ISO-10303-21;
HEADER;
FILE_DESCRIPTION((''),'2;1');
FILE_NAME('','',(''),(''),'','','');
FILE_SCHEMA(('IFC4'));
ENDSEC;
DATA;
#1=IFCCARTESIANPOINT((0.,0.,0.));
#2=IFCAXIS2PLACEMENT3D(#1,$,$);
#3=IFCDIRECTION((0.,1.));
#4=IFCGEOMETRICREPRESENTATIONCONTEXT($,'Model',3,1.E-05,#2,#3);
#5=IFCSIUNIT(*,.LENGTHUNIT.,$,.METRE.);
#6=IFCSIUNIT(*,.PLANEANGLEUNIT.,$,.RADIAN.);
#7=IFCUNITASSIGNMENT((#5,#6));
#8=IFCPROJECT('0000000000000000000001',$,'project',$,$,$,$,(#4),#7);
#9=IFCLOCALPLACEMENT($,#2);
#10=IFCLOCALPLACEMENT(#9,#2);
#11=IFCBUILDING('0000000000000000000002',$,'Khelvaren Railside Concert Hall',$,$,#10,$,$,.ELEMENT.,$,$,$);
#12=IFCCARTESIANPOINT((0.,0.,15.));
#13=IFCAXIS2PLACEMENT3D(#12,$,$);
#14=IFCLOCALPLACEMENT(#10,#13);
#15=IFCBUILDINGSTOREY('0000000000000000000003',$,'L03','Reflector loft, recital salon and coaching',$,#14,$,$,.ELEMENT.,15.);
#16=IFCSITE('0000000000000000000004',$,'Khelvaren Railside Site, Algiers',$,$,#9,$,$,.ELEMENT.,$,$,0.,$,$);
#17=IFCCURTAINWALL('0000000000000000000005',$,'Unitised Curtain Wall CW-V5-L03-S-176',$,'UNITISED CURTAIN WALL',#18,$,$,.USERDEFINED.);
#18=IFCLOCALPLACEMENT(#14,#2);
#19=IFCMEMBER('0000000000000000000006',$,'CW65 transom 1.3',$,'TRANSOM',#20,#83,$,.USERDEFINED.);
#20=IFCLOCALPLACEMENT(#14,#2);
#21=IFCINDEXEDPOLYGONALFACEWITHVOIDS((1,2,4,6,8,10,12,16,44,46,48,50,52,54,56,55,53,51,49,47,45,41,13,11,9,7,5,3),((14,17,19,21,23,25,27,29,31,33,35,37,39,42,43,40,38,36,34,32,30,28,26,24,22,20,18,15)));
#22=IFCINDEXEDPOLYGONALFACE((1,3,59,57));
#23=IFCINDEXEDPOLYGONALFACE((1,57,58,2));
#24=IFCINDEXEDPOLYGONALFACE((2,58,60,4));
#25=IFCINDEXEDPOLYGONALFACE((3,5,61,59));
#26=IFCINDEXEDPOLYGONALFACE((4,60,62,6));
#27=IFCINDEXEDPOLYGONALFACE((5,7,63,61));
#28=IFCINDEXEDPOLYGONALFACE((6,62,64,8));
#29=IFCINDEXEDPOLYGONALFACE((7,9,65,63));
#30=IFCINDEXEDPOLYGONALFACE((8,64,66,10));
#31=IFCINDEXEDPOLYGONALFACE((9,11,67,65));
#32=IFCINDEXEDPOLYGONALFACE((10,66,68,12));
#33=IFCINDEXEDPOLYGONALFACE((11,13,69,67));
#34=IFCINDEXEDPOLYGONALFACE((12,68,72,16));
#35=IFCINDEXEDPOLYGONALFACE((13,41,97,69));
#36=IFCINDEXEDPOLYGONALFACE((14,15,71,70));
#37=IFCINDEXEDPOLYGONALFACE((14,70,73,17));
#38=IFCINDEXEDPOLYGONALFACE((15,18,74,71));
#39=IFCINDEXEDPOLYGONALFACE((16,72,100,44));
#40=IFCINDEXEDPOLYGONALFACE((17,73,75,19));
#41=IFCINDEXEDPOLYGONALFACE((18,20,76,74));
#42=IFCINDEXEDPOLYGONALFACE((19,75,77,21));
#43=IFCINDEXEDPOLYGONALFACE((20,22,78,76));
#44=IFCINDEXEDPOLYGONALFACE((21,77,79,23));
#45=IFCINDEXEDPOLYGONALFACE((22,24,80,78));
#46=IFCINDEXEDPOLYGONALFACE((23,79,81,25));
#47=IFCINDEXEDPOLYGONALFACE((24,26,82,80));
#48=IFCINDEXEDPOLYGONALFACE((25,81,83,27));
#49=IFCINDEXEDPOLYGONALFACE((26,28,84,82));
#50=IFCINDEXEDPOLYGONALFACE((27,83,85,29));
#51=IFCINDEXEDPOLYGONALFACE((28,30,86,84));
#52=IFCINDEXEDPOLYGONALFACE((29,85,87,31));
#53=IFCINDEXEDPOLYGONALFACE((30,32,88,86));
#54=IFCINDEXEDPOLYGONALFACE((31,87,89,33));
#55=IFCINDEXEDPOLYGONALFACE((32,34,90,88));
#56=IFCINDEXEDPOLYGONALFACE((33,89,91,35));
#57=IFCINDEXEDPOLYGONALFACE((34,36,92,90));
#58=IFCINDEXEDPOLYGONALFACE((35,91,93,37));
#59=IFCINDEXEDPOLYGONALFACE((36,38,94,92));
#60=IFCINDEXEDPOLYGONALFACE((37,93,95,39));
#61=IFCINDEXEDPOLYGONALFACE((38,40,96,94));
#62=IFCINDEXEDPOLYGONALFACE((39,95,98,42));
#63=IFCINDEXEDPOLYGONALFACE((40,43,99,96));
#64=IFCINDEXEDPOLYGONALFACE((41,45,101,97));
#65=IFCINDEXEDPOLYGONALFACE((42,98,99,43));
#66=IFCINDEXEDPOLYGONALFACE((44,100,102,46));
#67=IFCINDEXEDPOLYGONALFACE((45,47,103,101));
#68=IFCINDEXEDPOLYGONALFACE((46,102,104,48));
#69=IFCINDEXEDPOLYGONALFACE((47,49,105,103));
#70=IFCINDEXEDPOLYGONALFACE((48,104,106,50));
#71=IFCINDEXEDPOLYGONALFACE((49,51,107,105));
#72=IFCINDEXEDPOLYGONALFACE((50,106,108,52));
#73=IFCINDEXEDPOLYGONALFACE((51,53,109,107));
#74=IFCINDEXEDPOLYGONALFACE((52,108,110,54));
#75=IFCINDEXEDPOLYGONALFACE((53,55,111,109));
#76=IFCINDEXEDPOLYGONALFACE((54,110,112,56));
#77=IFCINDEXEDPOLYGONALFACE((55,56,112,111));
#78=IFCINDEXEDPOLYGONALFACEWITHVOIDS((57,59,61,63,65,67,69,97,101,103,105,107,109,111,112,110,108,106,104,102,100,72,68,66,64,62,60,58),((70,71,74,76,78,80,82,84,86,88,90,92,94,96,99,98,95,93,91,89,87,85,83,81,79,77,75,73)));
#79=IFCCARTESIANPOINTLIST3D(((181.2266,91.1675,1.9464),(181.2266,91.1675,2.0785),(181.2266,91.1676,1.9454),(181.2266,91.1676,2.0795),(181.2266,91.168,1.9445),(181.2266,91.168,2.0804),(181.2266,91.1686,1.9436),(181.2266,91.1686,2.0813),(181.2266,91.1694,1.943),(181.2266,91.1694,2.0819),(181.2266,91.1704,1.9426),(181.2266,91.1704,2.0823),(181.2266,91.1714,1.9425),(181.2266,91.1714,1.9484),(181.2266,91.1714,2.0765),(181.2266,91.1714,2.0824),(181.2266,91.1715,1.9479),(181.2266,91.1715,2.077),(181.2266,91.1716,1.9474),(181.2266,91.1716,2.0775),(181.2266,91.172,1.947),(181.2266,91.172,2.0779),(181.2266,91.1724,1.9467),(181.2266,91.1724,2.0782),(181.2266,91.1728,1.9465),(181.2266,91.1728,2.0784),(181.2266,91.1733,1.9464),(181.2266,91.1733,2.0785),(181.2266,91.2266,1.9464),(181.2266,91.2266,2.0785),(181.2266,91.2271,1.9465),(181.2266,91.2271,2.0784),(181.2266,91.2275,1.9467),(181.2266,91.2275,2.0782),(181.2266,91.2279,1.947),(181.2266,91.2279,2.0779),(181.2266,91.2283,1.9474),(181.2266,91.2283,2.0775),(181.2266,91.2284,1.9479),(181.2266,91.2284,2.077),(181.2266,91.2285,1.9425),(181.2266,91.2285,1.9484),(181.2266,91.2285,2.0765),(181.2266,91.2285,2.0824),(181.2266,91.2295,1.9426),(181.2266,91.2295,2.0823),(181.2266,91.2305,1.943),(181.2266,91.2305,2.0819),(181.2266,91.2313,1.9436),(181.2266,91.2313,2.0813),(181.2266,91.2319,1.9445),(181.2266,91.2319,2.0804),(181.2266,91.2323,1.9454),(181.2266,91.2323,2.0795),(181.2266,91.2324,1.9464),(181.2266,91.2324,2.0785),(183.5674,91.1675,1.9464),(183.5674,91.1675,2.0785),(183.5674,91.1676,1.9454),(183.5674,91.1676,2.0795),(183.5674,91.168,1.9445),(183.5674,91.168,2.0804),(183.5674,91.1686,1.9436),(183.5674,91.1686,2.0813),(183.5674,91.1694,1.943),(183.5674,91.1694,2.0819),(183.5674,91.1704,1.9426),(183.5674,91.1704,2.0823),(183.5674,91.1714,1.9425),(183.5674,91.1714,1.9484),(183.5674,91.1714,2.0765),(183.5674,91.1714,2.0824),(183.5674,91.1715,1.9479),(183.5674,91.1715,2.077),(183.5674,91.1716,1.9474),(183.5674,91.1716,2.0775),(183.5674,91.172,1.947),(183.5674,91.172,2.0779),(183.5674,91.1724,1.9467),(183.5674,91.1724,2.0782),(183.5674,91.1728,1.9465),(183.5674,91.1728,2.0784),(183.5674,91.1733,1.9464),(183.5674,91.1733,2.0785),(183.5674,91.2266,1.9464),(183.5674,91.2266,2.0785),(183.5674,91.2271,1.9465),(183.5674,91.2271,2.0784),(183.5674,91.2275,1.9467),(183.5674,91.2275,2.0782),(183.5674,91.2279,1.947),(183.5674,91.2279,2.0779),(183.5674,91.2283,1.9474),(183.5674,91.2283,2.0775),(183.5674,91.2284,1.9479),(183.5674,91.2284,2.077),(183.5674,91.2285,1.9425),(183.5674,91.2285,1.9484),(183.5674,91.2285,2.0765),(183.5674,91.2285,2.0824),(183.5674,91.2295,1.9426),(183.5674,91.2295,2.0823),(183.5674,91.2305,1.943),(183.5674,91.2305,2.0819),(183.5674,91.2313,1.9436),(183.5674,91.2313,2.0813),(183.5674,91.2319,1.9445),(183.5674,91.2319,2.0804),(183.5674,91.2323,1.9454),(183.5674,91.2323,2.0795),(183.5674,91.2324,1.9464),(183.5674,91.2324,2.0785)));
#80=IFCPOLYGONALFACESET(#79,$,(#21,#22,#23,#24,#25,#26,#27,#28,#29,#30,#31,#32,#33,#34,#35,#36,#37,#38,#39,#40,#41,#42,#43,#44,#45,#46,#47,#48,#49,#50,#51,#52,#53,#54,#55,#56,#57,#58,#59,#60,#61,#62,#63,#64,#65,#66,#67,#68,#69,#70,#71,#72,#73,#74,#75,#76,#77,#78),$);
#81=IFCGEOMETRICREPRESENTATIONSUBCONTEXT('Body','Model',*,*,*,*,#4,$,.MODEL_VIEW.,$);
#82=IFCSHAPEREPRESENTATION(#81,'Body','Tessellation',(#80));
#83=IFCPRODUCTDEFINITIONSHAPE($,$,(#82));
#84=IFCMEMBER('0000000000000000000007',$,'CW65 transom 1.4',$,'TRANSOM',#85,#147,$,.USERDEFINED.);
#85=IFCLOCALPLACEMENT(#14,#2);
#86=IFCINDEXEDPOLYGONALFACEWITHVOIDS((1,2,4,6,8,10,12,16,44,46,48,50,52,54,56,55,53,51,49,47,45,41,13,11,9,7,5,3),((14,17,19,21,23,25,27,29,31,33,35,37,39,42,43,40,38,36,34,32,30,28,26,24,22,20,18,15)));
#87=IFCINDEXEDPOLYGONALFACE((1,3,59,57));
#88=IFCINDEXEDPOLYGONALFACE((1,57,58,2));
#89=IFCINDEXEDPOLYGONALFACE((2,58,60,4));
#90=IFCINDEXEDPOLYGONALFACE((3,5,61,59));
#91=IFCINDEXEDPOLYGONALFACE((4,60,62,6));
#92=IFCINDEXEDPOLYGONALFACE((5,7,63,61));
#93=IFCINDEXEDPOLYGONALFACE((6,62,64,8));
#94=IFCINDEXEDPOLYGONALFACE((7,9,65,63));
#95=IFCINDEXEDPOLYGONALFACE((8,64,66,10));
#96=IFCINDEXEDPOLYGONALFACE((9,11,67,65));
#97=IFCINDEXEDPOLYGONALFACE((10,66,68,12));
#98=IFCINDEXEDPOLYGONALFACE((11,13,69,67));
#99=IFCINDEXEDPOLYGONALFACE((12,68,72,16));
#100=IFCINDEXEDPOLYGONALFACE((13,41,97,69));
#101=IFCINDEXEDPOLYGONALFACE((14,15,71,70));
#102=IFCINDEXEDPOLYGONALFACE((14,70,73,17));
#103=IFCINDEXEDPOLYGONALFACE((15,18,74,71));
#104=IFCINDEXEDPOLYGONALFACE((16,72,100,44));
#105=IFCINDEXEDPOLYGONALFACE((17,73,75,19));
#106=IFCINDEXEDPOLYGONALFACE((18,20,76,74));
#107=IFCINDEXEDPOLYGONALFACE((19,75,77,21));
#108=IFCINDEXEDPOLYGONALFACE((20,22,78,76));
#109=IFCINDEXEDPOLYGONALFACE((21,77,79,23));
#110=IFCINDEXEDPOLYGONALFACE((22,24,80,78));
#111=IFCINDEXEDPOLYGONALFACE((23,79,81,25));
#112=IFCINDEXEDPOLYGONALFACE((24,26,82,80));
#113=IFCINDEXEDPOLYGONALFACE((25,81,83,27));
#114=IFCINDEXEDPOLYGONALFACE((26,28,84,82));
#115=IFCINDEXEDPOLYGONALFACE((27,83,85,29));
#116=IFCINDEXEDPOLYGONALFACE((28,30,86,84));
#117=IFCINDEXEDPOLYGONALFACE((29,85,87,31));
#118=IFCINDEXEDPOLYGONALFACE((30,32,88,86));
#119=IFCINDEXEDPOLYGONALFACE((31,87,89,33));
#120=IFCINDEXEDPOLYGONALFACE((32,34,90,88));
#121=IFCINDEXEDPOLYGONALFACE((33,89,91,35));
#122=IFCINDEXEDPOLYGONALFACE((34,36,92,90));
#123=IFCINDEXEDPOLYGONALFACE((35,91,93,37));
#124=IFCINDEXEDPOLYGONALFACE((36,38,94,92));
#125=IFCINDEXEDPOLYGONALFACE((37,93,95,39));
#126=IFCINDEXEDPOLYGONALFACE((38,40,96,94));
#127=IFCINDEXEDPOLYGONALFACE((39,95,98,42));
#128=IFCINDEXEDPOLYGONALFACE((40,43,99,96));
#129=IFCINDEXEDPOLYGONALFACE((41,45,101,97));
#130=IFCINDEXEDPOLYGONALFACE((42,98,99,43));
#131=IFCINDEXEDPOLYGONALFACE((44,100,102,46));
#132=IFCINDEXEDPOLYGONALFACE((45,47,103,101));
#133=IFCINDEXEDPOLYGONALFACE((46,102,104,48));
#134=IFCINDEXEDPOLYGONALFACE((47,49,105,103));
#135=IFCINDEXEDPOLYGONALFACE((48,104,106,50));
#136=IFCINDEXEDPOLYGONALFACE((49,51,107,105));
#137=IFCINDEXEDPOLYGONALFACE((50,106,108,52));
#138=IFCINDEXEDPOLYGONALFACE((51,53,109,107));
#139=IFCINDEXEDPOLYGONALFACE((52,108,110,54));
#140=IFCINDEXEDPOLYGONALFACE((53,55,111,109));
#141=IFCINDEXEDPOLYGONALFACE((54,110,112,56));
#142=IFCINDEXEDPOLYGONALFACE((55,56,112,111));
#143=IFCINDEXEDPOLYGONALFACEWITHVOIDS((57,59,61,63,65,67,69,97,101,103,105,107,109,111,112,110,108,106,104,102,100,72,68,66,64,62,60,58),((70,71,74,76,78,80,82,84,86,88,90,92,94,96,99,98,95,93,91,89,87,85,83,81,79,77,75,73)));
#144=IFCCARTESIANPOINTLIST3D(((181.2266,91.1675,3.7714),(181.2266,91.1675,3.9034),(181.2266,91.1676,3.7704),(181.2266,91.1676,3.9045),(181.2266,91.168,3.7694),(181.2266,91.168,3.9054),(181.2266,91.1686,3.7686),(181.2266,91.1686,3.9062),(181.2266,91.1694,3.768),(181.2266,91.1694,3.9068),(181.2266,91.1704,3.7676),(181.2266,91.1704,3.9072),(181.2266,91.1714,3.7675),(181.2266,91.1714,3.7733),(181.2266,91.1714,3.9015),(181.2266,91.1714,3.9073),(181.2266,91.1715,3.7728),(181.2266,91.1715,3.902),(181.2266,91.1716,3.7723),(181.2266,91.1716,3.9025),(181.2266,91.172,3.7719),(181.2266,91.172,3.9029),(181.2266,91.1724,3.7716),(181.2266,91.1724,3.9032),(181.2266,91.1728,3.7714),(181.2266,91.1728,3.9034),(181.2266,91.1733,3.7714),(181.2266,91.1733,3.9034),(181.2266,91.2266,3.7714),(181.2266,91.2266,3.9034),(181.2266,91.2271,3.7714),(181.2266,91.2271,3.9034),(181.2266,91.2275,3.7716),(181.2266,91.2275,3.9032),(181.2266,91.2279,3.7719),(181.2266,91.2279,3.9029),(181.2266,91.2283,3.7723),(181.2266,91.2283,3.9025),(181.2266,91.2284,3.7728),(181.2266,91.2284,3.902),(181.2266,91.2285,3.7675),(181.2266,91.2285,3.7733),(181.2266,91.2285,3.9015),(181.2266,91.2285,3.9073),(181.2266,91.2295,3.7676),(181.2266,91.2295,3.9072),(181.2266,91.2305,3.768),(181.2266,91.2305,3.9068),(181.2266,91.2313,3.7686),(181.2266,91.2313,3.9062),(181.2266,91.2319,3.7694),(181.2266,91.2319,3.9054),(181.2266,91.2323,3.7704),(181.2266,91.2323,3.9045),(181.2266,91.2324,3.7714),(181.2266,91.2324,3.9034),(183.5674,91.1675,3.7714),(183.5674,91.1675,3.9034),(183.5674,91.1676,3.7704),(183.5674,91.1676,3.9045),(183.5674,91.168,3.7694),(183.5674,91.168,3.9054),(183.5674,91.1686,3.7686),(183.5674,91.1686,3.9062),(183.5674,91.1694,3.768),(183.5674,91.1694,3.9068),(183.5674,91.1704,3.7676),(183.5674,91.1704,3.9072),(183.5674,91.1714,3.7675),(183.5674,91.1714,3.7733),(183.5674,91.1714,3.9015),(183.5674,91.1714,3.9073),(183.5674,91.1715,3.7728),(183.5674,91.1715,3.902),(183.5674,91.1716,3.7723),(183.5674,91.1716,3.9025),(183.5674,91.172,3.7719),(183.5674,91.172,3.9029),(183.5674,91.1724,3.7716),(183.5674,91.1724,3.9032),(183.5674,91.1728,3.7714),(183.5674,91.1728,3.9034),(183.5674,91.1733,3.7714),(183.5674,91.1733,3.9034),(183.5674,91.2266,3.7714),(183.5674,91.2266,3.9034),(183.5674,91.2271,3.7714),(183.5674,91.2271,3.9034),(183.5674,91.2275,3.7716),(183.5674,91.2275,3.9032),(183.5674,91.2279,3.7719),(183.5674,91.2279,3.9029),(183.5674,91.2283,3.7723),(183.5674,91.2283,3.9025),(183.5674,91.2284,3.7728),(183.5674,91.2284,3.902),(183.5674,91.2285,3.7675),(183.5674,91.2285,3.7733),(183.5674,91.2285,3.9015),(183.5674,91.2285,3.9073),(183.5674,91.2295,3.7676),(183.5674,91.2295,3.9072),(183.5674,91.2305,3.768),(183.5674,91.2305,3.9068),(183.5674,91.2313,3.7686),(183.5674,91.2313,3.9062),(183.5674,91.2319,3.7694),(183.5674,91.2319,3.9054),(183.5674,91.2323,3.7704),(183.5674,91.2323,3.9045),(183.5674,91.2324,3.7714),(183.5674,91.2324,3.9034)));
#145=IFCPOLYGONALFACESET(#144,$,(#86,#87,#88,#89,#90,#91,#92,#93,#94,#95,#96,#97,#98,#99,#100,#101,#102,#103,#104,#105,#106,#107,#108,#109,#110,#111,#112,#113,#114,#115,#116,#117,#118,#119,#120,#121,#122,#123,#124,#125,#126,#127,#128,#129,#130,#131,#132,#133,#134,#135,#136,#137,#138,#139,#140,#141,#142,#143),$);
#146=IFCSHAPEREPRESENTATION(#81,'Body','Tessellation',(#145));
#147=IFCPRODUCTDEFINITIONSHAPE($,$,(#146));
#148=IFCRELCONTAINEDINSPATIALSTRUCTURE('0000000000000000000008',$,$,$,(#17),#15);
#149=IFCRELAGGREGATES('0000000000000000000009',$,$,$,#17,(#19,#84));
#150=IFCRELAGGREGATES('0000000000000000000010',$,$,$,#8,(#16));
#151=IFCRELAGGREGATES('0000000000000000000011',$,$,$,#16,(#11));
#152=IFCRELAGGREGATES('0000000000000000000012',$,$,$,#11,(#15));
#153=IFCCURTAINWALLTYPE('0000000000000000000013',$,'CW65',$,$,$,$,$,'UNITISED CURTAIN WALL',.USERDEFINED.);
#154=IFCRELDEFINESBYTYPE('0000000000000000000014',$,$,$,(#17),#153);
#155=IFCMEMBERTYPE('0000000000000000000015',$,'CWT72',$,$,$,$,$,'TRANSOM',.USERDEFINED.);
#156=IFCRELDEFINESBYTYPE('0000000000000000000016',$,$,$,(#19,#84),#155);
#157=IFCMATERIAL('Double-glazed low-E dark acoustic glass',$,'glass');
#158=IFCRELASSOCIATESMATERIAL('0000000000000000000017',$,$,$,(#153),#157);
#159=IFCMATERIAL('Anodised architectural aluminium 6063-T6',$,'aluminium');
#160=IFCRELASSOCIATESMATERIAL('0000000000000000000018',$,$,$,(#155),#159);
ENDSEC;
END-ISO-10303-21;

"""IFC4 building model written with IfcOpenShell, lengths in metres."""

from ifc_helpers import new_model, si_unit, direction, frame, origin, origin_2d, place, context, subcontext, project, spatial, hollow_rectangle, extrude, material, material_profile, profile_set, type_object, element, aggregate, save


model = new_model("IFC4")

# Units and contexts
model_context = context("Model", 3, precision=1e-05, world=origin(), true_north=direction((0.0, 1.0)))
body_context = subcontext(model_context, "Body", "Model", "MODEL_VIEW")
ifc_project = project(units=[si_unit("LENGTHUNIT", "METRE"), si_unit("PLANEANGLEUNIT", "RADIAN")], contexts=[model_context])

# Site, building, storey
site_placement = place(None, origin())
site = spatial("IfcSite", under=ifc_project, at=site_placement, Name="Khelvaren Railside Site, Algiers", CompositionType="ELEMENT", RefElevation=0.0)
building_placement = place(site_placement, origin())
building = spatial("IfcBuilding", under=site, at=building_placement, Name="Khelvaren Railside Concert Hall", CompositionType="ELEMENT")
storey_placement = place(building_placement, frame((0.0, 0.0, 15.0)))
storey = spatial("IfcBuildingStorey", under=building, at=storey_placement, Name="L03", Description="Reflector loft, recital salon and coaching", CompositionType="ELEMENT", Elevation=15.0)

# Shared definitions
ifc_material_1 = material(Name="Anodised architectural aluminium 6063-T6", Category="aluminium")

# Curtain wall, members
ifc_material_2 = material(Name="Double-glazed low-E dark acoustic glass", Category="glass")
curtain_wall_type_1 = type_object("IfcCurtainWallType", Name="CW65", ElementType="UNITISED CURTAIN WALL", PredefinedType="USERDEFINED", material=ifc_material_2)
curtain_wall_1_placement = place(storey_placement, origin())
curtain_wall_1 = element("IfcCurtainWall", 1, at=curtain_wall_1_placement, inside=storey, type_object=curtain_wall_type_1, Name="Unitised Curtain Wall CW-V5-L03-S-176", ObjectType="UNITISED CURTAIN WALL", PredefinedType="USERDEFINED")
ifc_material_profile_1 = material_profile(ifc_material_1, hollow_rectangle(XDim=0.0649, YDim=0.1399, WallThickness=0.0039, InnerFilletRadius=0.002, OuterFilletRadius=0.0039, at=origin_2d()), Name="CWT 65x140x4")
ifc_profile_set_1 = profile_set([ifc_material_profile_1], Name="Anodised architectural aluminium 6063-T6")
member_type_1 = type_object("IfcMemberType", Name="CWT72", ElementType="TRANSOM", PredefinedType="USERDEFINED", material=ifc_profile_set_1)
member_1_placement = place(storey_placement, frame((183.5674, 91.2, 2.0125), z_axis=(-1.0, 0.0, 0.0), x_axis=(0.0, -1.0, 0.0)))
member_1 = element("IfcMember", 2, at=member_1_placement, type_object=member_type_1, Name="CW65 transom 1.3", ObjectType="TRANSOM", PredefinedType="USERDEFINED", context=body_context, shape_type="SweptSolid", body=[
    extrude(hollow_rectangle(XDim=0.0649, YDim=0.1399, WallThickness=0.0039, InnerFilletRadius=0.002, OuterFilletRadius=0.0039, at=origin_2d()), origin(), (0.0, 0.0, 1.0), 2.3408),
])
member_2_placement = place(storey_placement, frame((183.5674, 91.2, 3.8374), z_axis=(-1.0, 0.0, 0.0), x_axis=(0.0, -1.0, 0.0)))
member_2 = element("IfcMember", 3, at=member_2_placement, type_object=member_type_1, Name="CW65 transom 1.4", ObjectType="TRANSOM", PredefinedType="USERDEFINED", context=body_context, shape_type="SweptSolid", body=[
    extrude(hollow_rectangle(XDim=0.0649, YDim=0.1399, WallThickness=0.0039, InnerFilletRadius=0.002, OuterFilletRadius=0.0039, at=origin_2d()), origin(), (0.0, 0.0, 1.0), 2.3408),
])

aggregate(curtain_wall_1, [member_1, member_2])

save(model, "model.ifc")
